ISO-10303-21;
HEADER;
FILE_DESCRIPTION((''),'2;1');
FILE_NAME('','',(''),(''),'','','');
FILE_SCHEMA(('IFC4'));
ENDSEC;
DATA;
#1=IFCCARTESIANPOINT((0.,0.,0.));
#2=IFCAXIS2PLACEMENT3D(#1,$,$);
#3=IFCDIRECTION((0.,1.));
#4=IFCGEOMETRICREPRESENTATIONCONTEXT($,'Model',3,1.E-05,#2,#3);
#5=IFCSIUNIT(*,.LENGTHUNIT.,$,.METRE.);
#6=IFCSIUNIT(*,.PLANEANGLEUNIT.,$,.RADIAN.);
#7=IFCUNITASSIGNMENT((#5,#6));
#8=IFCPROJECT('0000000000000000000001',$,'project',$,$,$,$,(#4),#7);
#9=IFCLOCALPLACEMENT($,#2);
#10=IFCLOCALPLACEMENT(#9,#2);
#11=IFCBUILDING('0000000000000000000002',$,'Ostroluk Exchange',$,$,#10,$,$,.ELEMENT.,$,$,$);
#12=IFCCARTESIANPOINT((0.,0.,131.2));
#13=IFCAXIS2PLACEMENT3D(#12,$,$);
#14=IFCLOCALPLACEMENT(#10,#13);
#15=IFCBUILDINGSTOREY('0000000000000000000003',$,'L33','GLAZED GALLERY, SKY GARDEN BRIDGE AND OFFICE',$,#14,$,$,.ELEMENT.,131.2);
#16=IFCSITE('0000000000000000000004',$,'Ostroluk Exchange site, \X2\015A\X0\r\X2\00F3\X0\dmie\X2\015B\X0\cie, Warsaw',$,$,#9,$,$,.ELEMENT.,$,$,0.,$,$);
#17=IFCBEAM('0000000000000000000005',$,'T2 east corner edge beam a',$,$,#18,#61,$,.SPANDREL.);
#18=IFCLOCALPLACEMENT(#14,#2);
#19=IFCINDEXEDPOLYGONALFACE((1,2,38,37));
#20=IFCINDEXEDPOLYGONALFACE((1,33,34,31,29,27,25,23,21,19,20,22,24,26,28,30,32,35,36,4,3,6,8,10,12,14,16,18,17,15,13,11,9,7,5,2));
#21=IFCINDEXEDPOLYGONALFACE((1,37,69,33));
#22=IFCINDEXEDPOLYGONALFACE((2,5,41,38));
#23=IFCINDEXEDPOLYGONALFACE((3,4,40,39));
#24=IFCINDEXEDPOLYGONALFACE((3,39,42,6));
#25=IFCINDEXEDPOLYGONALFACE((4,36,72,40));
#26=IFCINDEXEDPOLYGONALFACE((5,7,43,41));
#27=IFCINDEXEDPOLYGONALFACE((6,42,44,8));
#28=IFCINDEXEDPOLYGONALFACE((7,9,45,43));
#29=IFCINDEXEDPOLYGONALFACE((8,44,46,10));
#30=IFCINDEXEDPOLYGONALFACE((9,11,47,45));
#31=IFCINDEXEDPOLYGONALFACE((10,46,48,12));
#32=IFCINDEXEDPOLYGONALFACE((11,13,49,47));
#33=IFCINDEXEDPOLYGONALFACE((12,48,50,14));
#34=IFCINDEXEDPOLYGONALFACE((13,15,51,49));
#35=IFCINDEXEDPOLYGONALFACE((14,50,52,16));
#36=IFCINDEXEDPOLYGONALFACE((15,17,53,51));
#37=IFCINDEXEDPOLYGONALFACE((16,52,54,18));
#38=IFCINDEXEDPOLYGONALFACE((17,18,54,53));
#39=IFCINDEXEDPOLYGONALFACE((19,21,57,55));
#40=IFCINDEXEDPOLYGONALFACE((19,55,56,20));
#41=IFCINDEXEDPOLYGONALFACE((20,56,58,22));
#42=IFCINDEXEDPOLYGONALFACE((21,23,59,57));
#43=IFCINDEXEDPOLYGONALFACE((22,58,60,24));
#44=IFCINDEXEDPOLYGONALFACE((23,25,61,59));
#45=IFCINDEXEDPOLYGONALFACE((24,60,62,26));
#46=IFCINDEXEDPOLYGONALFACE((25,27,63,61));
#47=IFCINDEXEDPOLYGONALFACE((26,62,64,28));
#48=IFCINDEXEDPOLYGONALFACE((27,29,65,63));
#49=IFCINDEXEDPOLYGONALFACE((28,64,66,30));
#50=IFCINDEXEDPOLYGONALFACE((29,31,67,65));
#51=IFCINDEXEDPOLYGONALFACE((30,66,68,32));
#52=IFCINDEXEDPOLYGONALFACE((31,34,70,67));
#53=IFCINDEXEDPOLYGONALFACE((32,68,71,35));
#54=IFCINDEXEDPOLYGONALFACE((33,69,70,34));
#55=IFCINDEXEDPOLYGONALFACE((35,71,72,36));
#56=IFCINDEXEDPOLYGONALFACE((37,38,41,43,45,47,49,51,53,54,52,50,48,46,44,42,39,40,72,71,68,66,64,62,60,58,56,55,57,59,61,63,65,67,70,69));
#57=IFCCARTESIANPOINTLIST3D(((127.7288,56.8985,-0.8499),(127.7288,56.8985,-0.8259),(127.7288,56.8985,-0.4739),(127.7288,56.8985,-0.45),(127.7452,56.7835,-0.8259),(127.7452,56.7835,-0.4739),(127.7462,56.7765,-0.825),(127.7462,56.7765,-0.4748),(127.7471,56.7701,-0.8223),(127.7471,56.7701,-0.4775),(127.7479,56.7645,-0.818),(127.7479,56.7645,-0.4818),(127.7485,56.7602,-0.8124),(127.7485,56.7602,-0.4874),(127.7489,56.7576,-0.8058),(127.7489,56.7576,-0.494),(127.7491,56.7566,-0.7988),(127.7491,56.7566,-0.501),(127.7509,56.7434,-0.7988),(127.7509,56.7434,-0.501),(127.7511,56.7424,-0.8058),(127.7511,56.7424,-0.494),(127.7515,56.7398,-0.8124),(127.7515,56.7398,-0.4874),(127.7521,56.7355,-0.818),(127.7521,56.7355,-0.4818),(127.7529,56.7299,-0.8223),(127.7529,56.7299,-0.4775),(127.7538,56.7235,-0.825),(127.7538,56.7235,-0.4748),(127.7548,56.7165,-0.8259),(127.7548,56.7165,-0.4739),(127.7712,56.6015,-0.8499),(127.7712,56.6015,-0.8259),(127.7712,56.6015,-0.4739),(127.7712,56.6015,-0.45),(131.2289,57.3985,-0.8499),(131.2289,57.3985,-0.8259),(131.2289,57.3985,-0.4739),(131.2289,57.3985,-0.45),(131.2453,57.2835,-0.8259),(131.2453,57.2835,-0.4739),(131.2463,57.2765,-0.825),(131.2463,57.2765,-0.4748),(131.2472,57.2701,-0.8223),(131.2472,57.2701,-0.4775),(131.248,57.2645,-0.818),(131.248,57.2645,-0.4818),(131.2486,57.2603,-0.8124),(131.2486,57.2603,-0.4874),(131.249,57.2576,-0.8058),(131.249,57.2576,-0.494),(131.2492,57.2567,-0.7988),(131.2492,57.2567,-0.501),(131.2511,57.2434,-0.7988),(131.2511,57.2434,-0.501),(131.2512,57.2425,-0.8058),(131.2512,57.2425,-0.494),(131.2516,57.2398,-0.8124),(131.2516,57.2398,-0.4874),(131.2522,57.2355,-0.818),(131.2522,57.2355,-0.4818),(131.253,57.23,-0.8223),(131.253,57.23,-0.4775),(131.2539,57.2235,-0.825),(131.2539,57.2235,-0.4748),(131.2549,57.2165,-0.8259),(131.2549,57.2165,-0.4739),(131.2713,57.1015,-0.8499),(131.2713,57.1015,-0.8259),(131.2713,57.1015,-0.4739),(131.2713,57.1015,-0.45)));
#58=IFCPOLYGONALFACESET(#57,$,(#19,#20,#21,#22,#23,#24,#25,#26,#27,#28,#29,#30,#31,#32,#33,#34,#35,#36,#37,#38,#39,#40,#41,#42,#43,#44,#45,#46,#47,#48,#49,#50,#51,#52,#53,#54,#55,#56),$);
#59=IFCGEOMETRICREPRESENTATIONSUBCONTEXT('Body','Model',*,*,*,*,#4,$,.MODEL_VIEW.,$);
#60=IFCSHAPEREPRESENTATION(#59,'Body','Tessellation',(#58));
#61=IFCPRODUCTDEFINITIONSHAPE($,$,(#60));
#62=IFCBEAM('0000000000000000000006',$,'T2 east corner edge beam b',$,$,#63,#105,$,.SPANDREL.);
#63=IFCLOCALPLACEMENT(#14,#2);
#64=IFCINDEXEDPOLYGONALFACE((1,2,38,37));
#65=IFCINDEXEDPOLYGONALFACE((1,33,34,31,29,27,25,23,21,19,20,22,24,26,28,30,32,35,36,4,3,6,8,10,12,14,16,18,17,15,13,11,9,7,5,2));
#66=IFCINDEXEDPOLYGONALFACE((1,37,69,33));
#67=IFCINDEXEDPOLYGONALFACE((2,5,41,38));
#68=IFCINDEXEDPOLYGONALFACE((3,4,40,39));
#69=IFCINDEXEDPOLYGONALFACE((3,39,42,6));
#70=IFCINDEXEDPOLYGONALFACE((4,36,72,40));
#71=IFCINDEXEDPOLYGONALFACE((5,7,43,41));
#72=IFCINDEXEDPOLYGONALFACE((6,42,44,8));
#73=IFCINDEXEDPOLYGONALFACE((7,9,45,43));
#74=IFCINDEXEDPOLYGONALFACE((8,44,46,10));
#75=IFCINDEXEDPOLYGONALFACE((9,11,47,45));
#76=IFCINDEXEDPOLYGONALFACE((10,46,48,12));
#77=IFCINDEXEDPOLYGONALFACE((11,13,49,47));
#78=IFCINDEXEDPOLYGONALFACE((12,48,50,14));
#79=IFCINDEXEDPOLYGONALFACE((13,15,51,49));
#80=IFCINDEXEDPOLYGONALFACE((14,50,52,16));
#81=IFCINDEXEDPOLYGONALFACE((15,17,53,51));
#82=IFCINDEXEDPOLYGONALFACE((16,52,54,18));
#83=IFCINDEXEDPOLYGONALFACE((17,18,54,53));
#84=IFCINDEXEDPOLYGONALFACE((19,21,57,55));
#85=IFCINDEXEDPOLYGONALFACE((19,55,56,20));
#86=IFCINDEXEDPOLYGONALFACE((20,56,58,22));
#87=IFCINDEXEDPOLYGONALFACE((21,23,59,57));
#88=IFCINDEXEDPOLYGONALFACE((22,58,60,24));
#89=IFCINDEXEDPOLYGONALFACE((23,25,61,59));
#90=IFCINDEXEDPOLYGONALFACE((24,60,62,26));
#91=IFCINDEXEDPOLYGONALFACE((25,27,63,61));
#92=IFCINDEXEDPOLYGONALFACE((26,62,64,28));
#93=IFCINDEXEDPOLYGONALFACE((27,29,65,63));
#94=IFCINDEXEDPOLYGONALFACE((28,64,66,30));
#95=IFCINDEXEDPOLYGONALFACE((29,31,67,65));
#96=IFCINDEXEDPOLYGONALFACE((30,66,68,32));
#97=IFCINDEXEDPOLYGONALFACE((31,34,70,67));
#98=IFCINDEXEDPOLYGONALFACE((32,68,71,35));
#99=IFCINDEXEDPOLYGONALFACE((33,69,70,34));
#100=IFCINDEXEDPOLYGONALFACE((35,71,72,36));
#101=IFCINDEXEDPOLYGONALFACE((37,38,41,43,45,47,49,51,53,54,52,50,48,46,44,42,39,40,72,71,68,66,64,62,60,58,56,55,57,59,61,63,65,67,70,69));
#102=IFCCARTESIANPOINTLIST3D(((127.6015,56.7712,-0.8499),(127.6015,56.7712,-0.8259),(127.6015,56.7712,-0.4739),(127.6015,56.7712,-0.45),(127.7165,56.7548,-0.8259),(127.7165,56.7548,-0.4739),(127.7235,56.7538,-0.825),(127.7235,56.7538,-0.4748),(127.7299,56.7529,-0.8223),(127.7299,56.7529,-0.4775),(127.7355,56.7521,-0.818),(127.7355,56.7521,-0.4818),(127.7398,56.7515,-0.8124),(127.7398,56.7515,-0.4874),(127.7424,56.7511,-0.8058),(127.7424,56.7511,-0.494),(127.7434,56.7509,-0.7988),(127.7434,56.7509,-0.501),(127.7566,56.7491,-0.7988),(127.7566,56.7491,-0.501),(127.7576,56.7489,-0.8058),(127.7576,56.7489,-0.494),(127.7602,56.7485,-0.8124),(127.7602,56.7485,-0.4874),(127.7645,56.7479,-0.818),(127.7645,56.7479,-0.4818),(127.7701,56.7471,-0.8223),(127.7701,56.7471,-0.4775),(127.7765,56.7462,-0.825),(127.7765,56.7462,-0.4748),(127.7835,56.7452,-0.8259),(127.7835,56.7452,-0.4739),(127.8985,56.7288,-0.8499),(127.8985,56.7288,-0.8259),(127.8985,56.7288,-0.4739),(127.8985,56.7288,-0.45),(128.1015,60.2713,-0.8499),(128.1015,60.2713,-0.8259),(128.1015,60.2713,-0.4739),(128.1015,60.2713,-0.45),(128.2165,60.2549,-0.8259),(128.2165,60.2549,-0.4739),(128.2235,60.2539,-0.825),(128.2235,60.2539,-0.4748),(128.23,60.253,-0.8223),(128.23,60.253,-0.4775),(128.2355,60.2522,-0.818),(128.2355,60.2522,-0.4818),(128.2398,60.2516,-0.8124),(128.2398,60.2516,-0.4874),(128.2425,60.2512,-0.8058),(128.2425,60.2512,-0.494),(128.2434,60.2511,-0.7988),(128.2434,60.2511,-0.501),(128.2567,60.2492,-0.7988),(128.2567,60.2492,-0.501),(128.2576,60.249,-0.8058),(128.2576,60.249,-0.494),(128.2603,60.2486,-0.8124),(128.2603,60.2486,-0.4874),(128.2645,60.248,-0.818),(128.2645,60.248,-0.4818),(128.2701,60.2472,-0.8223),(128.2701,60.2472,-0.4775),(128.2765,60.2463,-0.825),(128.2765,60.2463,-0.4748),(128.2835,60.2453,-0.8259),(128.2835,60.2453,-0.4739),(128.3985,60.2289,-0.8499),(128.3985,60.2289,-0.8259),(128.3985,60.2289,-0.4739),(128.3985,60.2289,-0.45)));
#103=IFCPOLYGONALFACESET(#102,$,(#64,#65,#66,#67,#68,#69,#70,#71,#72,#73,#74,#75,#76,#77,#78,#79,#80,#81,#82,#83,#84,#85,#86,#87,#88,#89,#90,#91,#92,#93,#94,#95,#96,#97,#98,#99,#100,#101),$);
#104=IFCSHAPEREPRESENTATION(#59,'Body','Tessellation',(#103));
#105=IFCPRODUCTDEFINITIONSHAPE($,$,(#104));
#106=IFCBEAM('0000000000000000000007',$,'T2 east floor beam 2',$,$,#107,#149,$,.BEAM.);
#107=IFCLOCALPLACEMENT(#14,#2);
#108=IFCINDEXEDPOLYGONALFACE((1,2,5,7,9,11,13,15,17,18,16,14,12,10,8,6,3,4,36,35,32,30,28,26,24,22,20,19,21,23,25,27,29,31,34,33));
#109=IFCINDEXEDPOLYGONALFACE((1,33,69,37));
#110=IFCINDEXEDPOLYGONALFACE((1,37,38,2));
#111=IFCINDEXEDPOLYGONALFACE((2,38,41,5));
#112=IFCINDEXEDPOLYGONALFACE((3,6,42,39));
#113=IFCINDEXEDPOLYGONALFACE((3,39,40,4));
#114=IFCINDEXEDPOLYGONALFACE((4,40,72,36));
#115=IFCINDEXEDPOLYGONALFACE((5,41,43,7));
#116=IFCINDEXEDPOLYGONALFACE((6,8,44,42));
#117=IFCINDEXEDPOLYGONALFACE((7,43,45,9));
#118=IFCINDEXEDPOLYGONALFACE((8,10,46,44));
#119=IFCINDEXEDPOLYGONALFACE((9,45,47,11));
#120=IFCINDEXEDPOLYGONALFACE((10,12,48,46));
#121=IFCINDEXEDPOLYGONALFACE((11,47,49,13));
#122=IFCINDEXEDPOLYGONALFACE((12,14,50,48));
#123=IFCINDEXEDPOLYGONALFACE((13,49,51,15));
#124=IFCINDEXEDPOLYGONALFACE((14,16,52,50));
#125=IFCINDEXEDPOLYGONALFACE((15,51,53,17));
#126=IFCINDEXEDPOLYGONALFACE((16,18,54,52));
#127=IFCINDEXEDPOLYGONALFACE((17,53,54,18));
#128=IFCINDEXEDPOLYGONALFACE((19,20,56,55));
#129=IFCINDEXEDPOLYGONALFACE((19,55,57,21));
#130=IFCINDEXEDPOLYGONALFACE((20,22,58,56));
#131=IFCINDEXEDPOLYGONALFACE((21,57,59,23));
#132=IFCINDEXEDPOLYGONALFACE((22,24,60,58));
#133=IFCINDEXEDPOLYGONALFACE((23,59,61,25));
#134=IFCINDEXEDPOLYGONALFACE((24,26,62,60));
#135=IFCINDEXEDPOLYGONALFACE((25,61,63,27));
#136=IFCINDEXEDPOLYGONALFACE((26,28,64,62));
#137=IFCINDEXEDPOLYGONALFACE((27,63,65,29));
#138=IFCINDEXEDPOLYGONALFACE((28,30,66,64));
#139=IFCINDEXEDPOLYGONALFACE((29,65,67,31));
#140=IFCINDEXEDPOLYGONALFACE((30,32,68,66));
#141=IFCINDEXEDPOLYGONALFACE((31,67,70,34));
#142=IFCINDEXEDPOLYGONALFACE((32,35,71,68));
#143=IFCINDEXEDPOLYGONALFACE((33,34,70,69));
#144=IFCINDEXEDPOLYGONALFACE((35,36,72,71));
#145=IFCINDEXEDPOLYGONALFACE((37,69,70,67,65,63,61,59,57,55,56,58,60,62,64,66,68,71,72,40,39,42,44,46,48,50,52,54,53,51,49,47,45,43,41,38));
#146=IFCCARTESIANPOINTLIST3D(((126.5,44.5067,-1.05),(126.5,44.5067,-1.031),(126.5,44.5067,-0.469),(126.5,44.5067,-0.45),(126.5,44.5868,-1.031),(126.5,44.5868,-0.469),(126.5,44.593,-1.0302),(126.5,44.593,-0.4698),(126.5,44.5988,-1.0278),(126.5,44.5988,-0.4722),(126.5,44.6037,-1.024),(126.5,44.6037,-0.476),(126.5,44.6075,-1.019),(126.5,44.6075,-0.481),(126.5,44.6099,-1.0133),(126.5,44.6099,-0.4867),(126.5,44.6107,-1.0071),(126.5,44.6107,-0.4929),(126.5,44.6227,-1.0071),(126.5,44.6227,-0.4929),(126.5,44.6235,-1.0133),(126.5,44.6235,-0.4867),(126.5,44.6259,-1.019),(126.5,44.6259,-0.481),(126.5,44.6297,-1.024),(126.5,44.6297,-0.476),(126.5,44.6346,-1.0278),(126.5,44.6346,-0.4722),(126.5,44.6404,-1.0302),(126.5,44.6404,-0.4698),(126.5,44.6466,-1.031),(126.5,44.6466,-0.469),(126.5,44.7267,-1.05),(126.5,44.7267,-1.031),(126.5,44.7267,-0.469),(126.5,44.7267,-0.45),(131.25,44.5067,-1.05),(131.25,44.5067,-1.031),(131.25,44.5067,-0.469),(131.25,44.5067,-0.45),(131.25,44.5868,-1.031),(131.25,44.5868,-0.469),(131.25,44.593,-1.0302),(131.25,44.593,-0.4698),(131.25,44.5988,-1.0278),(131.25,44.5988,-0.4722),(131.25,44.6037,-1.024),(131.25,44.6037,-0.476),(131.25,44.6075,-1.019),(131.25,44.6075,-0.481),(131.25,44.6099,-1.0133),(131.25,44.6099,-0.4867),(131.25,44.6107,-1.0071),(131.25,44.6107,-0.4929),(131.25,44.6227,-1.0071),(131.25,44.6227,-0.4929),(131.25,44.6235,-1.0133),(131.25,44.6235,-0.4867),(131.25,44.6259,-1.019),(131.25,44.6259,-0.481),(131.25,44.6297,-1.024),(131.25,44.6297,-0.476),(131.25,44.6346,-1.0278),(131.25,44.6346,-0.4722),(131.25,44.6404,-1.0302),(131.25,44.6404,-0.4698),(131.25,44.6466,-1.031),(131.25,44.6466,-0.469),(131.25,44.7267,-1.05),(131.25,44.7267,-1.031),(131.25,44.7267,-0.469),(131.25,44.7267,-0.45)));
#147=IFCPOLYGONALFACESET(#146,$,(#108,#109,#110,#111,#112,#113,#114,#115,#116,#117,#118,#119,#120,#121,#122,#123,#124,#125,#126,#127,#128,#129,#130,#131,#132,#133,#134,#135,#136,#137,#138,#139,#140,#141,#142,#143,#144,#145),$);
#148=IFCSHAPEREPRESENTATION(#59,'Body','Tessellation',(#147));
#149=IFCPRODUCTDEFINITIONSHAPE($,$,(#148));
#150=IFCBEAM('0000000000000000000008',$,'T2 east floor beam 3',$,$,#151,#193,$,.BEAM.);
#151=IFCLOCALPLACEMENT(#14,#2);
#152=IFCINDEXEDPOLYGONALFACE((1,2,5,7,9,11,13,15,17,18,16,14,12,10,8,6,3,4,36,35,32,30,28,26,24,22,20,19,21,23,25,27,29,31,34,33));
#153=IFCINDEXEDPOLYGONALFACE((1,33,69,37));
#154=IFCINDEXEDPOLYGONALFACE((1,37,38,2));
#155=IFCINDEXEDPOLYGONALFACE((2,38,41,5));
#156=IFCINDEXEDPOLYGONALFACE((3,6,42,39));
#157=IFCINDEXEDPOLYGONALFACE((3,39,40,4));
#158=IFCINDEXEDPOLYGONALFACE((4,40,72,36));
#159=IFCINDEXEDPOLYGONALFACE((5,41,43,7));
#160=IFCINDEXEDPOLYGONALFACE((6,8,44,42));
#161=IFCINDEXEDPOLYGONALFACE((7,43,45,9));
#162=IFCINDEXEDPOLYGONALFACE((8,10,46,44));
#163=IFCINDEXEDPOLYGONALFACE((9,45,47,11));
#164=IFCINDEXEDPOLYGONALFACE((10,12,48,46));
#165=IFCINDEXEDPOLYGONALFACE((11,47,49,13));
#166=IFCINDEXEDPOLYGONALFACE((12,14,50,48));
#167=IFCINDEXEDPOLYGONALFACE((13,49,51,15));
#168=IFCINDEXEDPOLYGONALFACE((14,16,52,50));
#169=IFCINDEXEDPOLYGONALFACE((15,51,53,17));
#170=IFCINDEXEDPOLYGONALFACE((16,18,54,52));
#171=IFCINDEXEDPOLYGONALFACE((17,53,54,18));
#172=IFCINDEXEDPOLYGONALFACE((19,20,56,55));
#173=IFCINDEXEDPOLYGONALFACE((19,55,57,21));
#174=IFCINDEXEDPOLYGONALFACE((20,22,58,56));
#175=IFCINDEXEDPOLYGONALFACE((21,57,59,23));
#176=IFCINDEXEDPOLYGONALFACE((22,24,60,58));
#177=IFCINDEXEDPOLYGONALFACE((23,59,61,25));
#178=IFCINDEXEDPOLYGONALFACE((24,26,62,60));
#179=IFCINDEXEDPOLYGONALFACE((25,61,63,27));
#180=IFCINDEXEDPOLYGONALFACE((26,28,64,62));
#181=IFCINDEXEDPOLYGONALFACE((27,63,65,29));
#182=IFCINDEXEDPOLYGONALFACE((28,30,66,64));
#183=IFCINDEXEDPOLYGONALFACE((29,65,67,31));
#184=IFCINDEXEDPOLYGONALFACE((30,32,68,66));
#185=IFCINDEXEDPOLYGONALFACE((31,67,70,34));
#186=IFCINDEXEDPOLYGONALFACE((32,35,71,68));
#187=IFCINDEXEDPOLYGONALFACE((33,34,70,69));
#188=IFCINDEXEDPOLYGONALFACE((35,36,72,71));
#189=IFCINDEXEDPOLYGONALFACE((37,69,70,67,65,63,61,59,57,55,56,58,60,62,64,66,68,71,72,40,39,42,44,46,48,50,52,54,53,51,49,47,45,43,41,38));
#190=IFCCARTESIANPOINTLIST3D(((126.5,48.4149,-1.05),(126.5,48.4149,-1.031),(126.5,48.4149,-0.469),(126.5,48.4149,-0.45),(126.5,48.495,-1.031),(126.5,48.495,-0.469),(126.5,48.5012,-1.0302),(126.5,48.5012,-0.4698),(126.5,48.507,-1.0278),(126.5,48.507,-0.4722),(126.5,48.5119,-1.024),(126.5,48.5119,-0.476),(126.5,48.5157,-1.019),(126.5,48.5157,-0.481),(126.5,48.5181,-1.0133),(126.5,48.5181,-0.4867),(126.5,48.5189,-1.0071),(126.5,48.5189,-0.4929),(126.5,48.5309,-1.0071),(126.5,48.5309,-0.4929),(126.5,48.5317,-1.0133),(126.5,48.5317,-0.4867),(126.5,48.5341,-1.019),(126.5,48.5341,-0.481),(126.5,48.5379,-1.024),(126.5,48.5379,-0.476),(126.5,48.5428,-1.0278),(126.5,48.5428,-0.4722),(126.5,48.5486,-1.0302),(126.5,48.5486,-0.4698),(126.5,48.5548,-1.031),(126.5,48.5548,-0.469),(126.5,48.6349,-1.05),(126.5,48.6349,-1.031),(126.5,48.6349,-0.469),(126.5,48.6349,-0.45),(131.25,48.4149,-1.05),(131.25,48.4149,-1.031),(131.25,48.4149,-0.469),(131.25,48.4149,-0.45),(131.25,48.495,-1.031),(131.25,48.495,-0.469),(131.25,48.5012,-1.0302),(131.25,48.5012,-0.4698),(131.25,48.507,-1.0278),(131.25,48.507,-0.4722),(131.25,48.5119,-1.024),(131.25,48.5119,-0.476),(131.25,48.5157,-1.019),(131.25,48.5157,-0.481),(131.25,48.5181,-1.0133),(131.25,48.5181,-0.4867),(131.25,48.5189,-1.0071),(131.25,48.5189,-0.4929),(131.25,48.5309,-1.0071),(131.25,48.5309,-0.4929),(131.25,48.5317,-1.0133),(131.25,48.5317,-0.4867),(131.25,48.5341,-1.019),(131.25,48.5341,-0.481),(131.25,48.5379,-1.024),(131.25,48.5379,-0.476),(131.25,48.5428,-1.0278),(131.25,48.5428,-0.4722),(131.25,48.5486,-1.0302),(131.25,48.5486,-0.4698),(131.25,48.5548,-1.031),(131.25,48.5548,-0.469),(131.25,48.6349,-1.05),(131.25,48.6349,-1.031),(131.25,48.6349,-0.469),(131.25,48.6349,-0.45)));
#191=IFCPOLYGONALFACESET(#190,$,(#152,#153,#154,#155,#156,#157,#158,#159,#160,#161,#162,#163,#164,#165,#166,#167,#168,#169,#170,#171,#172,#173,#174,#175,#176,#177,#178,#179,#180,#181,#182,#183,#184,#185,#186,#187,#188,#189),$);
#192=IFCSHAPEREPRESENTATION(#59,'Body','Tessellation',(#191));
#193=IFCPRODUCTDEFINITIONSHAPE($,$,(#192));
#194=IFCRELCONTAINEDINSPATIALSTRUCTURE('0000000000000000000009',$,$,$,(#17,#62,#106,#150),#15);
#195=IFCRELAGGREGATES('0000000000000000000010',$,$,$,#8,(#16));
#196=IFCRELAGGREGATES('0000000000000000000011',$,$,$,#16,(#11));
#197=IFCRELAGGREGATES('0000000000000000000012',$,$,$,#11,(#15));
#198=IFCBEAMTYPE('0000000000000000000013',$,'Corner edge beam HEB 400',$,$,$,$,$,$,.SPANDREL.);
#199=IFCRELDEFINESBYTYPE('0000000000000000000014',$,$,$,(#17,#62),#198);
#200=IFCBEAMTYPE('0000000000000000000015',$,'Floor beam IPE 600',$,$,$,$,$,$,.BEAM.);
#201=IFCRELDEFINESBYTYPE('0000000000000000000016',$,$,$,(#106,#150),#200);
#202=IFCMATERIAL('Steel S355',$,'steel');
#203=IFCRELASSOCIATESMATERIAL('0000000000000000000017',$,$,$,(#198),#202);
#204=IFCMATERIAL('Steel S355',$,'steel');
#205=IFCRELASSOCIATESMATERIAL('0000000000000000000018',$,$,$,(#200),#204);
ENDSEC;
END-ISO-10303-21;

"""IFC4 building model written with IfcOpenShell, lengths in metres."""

from ifc_helpers import new_model, si_unit, direction, frame, origin, origin_2d, place, context, subcontext, project, spatial, i_section, extrude, material, material_profile, profile_set, type_object, element, save


model = new_model("IFC4")

# Units and contexts
model_context = context("Model", 3, precision=1e-05, world=origin(), true_north=direction((0.0, 1.0)))
body_context = subcontext(model_context, "Body", "Model", "MODEL_VIEW")
ifc_project = project(units=[si_unit("LENGTHUNIT", "METRE"), si_unit("PLANEANGLEUNIT", "RADIAN")], contexts=[model_context])

# Site, building, storey
site_placement = place(None, origin())
site = spatial("IfcSite", under=ifc_project, at=site_placement, Name="Ostroluk Exchange site, Śródmieście, Warsaw", CompositionType="ELEMENT", RefElevation=0.0)
building_placement = place(site_placement, origin())
building = spatial("IfcBuilding", under=site, at=building_placement, Name="Ostroluk Exchange", CompositionType="ELEMENT")
storey_placement = place(building_placement, frame((0.0, 0.0, 131.2)))
storey = spatial("IfcBuildingStorey", under=building, at=storey_placement, Name="L33", Description="GLAZED GALLERY, SKY GARDEN BRIDGE AND OFFICE", CompositionType="ELEMENT", Elevation=131.2)

# Beams
ifc_material_1 = material(Name="Steel S355", Category="steel")
ifc_material_profile_1 = material_profile(ifc_material_1, i_section(OverallWidth=0.3, OverallDepth=0.3999, WebThickness=0.0134, FlangeThickness=0.0239, FilletRadius=0.0271, at=origin_2d()), Name="HEB 400")
ifc_profile_set_1 = profile_set([ifc_material_profile_1], Name="Steel S355")
beam_type_1 = type_object("IfcBeamType", Name="Corner edge beam HEB 400", PredefinedType="SPANDREL", material=ifc_profile_set_1)
for number, where, z_axis, x_axis, name in (
    (1, (127.75, 56.75, -0.6499), (0.989949, 0.141421, 0.0), (-0.141421, 0.989949, 0.0), "T2 east corner edge beam a"),
    (2, (127.75, 56.75, -0.6499), (0.141421, 0.989949, 0.0), (-0.989949, 0.141421, 0.0), "T2 east corner edge beam b"),
):
    element("IfcBeam", number, at=place(storey_placement, frame(where, z_axis=z_axis, x_axis=x_axis)), inside=storey, type_object=beam_type_1, Name=name, PredefinedType="SPANDREL", context=body_context, shape_type="SweptSolid", body=[
        extrude(i_section(OverallWidth=0.3, OverallDepth=0.3999, WebThickness=0.0134, FlangeThickness=0.0239, FilletRadius=0.0271, at=origin_2d()), origin(), (0.0, 0.0, 1.0), 3.5356),
    ])
ifc_material_2 = material(Name="Steel S355", Category="steel")
ifc_material_profile_2 = material_profile(ifc_material_2, i_section(OverallWidth=0.22, OverallDepth=0.6001, WebThickness=0.012, FlangeThickness=0.019, FilletRadius=0.0239, at=origin_2d()), Name="IPE 600")
ifc_profile_set_2 = profile_set([ifc_material_profile_2], Name="Steel S355")
beam_type_2 = type_object("IfcBeamType", Name="Floor beam IPE 600", PredefinedType="BEAM", material=ifc_profile_set_2)
for number, where, z_axis, x_axis, name in (
    (3, (126.5, 44.6167, -0.75), (1.0, 0.0, 0.0), (0.0, 1.0, 0.0), "T2 east floor beam 2"),
    (4, (126.5, 48.5249, -0.75), (1.0, 0.0, 0.0), (0.0, 1.0, 0.0), "T2 east floor beam 3"),
):
    element("IfcBeam", number, at=place(storey_placement, frame(where, z_axis=z_axis, x_axis=x_axis)), inside=storey, type_object=beam_type_2, Name=name, PredefinedType="BEAM", context=body_context, shape_type="SweptSolid", body=[
        extrude(i_section(OverallWidth=0.22, OverallDepth=0.6001, WebThickness=0.012, FlangeThickness=0.019, FilletRadius=0.0239, at=origin_2d()), origin(), (0.0, 0.0, 1.0), 4.75),
    ])

save(model, "model.ifc")
